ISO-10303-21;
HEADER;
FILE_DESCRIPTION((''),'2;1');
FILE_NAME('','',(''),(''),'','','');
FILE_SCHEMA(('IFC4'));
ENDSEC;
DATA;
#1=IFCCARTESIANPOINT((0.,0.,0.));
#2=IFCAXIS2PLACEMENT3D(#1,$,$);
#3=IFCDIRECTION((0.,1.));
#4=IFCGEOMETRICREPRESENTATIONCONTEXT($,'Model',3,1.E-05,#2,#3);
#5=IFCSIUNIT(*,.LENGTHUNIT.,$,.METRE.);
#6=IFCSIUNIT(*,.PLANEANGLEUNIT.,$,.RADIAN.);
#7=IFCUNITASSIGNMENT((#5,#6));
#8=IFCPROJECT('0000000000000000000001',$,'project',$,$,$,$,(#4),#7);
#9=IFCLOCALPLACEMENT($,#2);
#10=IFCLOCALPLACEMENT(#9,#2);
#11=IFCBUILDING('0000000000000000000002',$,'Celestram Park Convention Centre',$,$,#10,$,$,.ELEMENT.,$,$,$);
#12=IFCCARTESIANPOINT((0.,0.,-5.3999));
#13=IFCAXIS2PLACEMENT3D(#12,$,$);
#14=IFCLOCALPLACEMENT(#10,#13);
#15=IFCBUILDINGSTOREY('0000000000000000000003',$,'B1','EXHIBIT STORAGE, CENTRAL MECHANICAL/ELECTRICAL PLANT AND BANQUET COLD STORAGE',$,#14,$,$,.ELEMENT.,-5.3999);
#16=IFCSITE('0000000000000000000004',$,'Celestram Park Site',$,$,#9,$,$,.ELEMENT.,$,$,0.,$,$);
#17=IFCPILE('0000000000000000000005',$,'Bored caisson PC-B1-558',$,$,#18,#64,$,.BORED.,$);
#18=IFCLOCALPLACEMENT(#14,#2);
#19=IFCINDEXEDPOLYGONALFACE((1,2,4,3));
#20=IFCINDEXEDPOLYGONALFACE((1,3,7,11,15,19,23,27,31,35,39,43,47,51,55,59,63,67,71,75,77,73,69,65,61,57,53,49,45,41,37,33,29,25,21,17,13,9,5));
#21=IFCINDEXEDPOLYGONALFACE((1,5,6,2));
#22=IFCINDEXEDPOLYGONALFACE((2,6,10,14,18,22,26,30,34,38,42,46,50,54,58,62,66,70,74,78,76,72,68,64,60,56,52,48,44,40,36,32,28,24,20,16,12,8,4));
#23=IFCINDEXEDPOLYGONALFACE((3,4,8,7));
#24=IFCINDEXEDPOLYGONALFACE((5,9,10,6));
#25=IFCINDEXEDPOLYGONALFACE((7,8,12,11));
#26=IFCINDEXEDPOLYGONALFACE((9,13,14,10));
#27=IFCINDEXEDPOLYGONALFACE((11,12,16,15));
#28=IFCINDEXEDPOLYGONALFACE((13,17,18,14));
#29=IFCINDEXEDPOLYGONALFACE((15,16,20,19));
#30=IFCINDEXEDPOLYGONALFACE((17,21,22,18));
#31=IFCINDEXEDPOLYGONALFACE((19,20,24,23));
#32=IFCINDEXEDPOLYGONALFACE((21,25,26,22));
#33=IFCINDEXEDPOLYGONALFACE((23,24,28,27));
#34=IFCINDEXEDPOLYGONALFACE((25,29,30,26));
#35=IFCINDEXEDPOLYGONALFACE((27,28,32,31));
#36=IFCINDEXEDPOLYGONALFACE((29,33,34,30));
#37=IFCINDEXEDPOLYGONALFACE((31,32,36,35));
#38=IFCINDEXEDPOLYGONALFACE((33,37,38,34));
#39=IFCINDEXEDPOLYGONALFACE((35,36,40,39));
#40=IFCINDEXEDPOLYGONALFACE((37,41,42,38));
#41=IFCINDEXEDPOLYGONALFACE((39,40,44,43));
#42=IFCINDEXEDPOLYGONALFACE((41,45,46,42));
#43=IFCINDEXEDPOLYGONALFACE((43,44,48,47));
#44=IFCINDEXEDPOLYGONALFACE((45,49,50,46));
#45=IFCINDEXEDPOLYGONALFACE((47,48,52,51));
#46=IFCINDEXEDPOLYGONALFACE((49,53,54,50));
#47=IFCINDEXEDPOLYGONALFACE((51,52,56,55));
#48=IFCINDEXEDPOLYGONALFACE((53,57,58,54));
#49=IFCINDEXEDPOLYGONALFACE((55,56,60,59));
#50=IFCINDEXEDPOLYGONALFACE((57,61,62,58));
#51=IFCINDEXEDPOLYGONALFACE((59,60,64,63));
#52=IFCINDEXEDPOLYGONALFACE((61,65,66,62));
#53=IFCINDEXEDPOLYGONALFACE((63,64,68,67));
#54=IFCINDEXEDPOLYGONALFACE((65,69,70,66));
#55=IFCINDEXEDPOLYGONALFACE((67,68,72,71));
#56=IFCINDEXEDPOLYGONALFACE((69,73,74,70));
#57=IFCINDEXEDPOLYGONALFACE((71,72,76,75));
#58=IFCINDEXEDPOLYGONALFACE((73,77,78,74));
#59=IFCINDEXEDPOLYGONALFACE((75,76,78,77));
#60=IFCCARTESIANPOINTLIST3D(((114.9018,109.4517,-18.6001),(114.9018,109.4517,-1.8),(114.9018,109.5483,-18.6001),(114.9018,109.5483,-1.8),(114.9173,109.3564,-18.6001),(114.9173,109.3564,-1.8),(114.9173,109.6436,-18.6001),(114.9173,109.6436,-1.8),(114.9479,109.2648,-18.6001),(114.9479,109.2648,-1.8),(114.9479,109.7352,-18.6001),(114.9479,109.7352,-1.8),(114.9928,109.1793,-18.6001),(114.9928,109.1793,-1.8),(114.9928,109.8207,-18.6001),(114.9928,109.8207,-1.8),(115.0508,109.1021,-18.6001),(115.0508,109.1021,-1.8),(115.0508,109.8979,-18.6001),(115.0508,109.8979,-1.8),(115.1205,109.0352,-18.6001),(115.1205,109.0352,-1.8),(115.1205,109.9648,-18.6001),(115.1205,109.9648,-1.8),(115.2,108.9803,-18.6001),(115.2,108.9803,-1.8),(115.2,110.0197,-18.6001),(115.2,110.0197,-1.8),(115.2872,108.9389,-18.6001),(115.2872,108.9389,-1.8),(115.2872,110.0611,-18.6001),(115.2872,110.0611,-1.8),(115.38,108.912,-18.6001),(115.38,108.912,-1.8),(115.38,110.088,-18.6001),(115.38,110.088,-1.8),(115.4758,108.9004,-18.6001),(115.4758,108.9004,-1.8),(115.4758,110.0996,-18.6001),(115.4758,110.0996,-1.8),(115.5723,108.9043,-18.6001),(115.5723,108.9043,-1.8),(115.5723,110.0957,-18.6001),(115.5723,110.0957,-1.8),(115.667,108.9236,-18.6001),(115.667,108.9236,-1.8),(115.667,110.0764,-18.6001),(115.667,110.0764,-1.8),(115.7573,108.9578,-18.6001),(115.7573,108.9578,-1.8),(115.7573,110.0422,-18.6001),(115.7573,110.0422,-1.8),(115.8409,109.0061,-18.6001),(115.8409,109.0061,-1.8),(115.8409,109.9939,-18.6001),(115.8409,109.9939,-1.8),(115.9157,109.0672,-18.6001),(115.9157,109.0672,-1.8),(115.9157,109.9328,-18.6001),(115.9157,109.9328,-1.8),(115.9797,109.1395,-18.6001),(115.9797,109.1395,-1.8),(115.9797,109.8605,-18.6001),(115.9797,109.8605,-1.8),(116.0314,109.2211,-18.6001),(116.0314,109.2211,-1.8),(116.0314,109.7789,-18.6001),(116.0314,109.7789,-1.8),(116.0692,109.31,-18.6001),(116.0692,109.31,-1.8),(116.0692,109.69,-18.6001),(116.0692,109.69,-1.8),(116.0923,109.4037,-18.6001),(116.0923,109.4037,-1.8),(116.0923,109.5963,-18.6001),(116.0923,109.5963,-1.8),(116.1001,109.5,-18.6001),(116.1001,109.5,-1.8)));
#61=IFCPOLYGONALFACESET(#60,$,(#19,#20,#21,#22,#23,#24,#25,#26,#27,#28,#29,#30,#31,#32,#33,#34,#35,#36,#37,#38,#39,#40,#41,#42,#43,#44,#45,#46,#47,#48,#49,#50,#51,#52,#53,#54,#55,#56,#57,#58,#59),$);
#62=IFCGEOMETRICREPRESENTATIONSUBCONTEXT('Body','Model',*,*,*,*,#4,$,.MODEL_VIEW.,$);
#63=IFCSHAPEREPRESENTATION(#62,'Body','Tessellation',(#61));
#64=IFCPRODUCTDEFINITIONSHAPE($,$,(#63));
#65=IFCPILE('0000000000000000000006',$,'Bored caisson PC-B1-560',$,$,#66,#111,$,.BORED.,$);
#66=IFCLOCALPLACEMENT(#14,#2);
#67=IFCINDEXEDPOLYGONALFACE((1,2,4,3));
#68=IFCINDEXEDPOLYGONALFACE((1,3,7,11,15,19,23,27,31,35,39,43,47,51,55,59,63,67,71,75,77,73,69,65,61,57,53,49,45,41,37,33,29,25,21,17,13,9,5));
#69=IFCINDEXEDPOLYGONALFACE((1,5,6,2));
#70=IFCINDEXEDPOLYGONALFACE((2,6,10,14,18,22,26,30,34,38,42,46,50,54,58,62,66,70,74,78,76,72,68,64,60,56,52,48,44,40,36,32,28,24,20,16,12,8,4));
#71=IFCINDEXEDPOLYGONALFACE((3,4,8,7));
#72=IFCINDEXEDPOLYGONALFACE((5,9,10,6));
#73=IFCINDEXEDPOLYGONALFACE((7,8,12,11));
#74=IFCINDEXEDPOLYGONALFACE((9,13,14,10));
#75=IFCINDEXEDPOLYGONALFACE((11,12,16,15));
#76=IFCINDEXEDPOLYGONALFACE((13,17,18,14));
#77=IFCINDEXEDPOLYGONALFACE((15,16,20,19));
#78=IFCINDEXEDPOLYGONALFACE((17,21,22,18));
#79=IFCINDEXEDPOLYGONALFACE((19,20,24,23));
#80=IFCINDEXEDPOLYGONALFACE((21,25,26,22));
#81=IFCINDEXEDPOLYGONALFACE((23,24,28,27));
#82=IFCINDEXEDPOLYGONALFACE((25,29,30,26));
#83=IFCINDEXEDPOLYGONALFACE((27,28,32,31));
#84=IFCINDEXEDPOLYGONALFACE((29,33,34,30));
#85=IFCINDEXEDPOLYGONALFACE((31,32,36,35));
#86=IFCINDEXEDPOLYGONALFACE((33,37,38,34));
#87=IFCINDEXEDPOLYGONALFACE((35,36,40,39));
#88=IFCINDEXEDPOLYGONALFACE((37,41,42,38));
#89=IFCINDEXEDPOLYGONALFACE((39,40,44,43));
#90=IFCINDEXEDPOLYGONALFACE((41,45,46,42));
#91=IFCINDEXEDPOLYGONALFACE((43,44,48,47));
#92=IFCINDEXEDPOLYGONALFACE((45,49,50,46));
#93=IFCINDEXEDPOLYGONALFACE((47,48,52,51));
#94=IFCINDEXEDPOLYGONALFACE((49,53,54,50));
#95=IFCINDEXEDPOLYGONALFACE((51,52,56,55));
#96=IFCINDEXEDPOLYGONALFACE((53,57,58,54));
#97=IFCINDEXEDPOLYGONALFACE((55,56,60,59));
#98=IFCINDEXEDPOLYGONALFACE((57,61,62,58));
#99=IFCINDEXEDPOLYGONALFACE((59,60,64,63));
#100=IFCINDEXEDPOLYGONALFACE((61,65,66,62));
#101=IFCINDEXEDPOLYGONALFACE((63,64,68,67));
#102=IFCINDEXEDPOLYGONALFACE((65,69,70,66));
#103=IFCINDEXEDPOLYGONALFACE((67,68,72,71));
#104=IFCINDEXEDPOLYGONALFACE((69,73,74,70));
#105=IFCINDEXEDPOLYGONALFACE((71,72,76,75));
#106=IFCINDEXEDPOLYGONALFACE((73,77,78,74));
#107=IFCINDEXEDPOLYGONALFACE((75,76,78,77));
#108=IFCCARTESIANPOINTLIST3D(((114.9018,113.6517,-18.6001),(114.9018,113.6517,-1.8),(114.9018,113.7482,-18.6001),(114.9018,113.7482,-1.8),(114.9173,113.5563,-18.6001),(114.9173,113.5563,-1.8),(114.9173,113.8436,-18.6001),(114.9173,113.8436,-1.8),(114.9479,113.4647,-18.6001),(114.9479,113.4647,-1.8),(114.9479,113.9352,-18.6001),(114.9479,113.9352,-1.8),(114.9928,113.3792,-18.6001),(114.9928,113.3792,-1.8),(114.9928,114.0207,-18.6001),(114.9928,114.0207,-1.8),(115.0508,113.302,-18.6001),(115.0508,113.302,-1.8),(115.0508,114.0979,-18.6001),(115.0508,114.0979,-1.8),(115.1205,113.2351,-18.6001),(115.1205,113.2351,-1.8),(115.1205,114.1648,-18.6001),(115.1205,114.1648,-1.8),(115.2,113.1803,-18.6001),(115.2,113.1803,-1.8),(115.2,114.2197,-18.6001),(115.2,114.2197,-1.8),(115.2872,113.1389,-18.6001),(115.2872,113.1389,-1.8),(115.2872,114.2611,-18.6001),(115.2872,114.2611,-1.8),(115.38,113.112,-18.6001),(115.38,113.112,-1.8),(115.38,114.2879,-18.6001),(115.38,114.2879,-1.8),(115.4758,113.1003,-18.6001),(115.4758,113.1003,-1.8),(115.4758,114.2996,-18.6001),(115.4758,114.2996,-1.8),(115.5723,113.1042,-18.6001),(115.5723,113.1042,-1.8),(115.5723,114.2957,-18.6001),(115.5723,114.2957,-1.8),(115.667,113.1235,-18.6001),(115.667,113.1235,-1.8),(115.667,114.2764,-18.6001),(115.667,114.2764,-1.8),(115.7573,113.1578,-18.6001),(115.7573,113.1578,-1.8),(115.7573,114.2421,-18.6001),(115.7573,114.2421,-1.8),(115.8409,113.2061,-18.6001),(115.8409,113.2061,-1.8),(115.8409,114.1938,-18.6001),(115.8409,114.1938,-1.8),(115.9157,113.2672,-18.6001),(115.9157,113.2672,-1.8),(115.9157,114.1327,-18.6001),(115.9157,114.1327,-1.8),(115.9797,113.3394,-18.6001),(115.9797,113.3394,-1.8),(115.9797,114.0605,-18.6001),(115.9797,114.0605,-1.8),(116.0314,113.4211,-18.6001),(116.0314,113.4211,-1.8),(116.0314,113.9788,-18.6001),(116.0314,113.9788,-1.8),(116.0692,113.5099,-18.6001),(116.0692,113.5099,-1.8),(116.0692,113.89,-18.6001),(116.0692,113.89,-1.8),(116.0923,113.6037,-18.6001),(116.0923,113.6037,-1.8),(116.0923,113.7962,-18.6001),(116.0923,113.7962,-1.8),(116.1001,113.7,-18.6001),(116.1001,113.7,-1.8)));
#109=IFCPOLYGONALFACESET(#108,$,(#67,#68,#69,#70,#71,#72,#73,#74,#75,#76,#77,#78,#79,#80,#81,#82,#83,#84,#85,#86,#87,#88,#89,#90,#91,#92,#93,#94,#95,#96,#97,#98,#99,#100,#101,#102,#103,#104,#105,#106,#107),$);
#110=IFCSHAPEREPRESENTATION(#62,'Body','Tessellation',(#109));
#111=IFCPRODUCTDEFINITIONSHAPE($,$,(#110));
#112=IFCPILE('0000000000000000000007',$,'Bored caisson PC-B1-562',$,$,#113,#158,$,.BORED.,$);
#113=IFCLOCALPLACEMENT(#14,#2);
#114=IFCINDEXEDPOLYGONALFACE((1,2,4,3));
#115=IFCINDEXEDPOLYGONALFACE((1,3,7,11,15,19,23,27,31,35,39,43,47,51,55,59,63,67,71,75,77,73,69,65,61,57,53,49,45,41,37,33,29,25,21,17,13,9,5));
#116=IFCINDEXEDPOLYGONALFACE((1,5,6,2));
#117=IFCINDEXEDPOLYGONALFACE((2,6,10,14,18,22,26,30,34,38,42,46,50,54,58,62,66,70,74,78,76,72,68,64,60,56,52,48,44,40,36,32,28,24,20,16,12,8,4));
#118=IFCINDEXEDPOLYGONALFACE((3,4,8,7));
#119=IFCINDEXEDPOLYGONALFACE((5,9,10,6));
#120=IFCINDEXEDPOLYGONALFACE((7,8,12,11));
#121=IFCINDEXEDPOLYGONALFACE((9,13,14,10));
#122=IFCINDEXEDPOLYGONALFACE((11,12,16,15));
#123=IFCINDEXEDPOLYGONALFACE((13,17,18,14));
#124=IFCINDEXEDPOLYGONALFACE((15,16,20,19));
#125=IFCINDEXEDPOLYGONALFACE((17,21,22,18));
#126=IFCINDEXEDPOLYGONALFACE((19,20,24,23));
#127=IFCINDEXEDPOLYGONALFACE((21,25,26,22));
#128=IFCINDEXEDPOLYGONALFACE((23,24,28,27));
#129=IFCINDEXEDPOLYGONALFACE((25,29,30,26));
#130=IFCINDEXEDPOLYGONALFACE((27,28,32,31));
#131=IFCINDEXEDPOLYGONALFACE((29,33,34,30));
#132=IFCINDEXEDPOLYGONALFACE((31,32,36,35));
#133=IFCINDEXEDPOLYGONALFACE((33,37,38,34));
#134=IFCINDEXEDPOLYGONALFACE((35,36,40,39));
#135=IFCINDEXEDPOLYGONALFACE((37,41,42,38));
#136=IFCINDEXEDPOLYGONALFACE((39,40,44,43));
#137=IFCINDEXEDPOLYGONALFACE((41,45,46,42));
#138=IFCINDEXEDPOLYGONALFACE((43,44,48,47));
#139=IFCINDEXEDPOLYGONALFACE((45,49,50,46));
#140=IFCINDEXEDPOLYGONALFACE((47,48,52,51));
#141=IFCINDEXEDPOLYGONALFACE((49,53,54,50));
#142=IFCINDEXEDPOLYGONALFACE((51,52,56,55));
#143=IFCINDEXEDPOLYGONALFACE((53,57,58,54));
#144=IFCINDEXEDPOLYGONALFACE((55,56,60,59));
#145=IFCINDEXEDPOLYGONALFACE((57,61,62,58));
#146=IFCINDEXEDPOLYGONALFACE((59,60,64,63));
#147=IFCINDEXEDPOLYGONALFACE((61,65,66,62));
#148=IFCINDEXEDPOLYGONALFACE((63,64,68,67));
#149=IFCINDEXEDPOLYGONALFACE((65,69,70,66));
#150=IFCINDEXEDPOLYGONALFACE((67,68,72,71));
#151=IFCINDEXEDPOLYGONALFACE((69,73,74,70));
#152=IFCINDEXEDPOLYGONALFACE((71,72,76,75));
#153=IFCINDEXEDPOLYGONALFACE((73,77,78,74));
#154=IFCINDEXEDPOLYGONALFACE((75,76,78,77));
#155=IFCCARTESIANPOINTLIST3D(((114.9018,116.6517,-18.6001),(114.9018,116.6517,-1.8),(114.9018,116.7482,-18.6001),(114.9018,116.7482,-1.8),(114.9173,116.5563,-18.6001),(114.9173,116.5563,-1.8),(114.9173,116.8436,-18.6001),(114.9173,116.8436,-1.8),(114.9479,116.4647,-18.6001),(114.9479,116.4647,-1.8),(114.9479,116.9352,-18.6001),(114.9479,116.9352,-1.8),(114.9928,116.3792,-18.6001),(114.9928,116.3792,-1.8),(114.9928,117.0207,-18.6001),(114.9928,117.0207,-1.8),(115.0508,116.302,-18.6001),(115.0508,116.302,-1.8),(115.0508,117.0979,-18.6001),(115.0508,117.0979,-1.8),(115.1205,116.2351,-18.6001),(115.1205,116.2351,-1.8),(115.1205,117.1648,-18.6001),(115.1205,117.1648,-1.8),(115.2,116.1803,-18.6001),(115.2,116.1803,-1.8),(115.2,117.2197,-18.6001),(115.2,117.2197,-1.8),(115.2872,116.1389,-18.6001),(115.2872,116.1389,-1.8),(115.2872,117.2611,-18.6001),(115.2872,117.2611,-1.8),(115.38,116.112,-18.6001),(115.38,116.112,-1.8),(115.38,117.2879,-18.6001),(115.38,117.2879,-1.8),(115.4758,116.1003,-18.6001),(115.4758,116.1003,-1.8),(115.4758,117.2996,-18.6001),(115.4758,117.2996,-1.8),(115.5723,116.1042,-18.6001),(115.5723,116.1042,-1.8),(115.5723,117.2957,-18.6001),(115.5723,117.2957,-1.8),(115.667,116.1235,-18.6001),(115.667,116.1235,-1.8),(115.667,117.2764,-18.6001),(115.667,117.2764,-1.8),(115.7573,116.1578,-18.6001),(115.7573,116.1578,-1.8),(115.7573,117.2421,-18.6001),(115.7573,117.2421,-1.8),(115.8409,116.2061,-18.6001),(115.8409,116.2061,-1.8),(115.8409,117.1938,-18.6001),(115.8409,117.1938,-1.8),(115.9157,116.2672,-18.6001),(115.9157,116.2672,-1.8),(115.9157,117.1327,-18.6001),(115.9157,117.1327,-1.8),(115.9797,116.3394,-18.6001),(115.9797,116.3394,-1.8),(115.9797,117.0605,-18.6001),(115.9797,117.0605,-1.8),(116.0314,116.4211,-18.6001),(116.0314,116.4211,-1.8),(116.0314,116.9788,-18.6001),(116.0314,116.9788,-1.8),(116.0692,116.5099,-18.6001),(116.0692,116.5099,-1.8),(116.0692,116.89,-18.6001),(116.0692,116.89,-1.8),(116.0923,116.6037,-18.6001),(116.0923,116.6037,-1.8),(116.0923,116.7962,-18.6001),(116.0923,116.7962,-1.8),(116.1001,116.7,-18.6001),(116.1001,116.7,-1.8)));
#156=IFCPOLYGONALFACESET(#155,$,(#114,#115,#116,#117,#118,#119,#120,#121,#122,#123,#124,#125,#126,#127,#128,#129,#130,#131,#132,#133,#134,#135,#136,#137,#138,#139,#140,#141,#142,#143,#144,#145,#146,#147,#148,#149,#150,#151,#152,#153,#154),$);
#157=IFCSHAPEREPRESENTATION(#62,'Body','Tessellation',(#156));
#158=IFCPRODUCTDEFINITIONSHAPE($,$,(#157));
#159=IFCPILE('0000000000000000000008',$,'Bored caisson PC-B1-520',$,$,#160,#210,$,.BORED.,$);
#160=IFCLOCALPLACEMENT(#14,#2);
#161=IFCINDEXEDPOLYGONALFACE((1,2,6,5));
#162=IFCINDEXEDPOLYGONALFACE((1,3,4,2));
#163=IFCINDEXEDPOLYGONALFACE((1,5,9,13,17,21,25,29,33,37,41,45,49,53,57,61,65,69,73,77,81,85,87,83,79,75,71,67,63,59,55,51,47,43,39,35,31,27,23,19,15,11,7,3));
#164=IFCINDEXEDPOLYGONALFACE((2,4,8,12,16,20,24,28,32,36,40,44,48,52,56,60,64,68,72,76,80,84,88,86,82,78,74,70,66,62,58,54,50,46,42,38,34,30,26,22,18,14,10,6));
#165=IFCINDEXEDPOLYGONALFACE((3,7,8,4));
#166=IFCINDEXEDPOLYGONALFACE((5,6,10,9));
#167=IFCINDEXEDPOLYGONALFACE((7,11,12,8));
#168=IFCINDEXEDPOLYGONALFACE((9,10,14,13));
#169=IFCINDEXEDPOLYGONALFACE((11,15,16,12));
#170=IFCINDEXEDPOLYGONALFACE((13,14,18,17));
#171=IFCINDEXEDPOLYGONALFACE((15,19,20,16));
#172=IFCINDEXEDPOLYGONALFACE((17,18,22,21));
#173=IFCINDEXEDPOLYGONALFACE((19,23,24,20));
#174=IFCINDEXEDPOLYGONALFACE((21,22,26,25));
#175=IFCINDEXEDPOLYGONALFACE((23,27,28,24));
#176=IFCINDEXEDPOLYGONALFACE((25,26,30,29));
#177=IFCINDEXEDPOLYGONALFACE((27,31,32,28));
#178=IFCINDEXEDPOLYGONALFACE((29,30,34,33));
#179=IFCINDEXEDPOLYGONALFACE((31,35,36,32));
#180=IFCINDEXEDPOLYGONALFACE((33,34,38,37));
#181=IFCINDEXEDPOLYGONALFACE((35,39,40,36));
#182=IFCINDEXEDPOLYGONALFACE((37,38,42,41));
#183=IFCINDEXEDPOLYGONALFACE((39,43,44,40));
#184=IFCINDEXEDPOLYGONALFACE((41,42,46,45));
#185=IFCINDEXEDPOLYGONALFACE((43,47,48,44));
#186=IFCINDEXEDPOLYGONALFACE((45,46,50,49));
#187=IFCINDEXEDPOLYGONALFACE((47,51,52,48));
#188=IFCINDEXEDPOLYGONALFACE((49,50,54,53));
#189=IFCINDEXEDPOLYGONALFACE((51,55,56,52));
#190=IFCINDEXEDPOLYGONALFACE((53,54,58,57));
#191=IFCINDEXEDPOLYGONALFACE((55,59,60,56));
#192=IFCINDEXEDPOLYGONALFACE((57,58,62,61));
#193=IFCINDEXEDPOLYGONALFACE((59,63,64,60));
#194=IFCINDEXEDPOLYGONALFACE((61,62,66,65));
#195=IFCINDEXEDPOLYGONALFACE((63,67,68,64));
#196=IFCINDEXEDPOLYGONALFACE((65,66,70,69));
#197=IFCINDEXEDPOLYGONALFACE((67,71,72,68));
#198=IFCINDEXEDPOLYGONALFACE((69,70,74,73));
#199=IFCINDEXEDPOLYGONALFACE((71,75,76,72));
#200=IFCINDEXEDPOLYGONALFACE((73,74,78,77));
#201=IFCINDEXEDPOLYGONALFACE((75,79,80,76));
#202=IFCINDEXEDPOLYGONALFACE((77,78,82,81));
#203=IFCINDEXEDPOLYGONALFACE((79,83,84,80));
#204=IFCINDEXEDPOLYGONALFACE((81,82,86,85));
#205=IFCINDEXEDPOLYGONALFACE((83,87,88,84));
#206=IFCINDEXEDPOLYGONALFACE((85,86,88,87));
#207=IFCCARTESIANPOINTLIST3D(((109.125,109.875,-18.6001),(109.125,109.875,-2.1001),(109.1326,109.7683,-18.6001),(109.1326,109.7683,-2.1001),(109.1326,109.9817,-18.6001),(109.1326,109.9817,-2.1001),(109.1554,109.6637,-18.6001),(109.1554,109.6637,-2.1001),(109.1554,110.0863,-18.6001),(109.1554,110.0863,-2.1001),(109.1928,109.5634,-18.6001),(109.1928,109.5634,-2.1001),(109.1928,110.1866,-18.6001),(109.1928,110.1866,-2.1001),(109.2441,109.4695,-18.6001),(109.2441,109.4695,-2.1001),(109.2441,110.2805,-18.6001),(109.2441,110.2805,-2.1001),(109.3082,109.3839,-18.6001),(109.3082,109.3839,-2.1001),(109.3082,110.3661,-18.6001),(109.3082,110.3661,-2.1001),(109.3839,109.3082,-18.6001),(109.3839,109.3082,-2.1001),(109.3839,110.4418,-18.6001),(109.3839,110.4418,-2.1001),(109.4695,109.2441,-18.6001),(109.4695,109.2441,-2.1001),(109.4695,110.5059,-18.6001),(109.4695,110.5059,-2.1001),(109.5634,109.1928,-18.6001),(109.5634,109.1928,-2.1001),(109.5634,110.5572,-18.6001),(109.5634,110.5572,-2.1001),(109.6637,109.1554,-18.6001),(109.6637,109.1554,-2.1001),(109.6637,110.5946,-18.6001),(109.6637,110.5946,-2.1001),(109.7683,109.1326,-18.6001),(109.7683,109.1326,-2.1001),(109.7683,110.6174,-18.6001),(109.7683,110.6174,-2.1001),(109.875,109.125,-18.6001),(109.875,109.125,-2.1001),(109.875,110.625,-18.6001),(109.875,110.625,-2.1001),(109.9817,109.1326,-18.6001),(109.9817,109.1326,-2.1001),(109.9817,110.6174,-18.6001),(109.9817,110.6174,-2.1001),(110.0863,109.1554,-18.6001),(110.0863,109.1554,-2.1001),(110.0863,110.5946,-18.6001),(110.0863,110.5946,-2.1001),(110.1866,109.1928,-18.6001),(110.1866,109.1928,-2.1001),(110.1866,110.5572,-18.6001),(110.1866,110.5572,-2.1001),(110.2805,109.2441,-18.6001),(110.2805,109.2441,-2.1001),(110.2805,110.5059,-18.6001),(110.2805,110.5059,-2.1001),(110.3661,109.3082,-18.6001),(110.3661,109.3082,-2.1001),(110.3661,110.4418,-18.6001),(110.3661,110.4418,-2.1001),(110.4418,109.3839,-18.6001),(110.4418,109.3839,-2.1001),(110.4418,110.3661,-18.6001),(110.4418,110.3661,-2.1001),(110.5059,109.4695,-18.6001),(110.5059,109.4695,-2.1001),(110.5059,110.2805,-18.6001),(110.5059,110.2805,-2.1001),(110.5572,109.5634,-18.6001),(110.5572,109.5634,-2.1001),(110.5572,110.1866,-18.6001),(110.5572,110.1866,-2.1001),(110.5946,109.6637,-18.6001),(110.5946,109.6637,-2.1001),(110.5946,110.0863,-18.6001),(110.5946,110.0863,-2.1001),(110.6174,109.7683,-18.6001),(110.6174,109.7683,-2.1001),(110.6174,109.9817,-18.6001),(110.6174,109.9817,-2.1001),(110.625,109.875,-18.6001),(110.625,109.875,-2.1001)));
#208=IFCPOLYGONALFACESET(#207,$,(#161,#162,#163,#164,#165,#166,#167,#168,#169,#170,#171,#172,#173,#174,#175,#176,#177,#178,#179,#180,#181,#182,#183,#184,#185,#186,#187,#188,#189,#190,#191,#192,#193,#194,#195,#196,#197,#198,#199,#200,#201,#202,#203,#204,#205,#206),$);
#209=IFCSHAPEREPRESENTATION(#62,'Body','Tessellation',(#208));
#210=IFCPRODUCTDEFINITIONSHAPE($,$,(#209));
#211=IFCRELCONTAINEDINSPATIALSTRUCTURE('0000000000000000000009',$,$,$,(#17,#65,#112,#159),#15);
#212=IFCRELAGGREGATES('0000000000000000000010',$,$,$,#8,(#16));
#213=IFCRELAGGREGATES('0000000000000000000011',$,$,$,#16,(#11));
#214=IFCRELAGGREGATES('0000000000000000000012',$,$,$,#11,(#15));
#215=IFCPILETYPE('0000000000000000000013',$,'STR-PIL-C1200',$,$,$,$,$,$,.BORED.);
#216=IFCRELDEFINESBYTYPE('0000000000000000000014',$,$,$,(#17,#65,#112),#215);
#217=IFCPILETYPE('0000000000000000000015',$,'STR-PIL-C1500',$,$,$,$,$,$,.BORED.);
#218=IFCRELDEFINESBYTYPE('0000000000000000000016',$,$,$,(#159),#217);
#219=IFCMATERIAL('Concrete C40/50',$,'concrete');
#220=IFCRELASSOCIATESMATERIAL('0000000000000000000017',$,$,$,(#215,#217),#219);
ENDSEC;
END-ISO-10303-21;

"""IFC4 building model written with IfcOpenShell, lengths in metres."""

from ifc_helpers import new_model, si_unit, direction, frame, origin, origin_2d, place, context, subcontext, project, spatial, circle, extrude, material, material_profile, profile_set, type_object, element, save


model = new_model("IFC4")

# Units and contexts
model_context = context("Model", 3, precision=1e-05, world=origin(), true_north=direction((0.0, 1.0)))
body_context = subcontext(model_context, "Body", "Model", "MODEL_VIEW")
ifc_project = project(units=[si_unit("LENGTHUNIT", "METRE"), si_unit("PLANEANGLEUNIT", "RADIAN")], contexts=[model_context])

# Site, building, storey
site_placement = place(None, origin())
site = spatial("IfcSite", under=ifc_project, at=site_placement, Name="Celestram Park Site", CompositionType="ELEMENT", RefElevation=0.0)
building_placement = place(site_placement, origin())
building = spatial("IfcBuilding", under=site, at=building_placement, Name="Celestram Park Convention Centre", CompositionType="ELEMENT")
storey_placement = place(building_placement, frame((0.0, 0.0, -5.3999)))
storey = spatial("IfcBuildingStorey", under=building, at=storey_placement, Name="B1", Description="EXHIBIT STORAGE, CENTRAL MECHANICAL/ELECTRICAL PLANT AND BANQUET COLD STORAGE", CompositionType="ELEMENT", Elevation=-5.3999)

# Shared definitions
ifc_material_1 = material(Name="Concrete C40/50", Category="concrete")

# Piles
ifc_material_profile_1 = material_profile(ifc_material_1, circle(Radius=0.6001, at=origin_2d()), Name="CAISSON1200")
ifc_profile_set_1 = profile_set([ifc_material_profile_1], Name="Concrete C40/50")
pile_type_1 = type_object("IfcPileType", Name="STR-PIL-C1200", PredefinedType="BORED", material=ifc_profile_set_1)
for number, where, z_axis, x_axis, name in (
    (1, (115.5, 109.5, -1.8), (0.0, 0.0, -1.0), (1.0, 0.0, 0.0), "Bored caisson PC-B1-558"),
    (2, (115.5, 113.7, -1.8), (0.0, 0.0, -1.0), (1.0, 0.0, 0.0), "Bored caisson PC-B1-560"),
    (3, (115.5, 116.7, -1.8), (0.0, 0.0, -1.0), (1.0, 0.0, 0.0), "Bored caisson PC-B1-562"),
):
    element("IfcPile", number, at=place(storey_placement, frame(where, z_axis=z_axis, x_axis=x_axis)), inside=storey, type_object=pile_type_1, Name=name, PredefinedType="BORED", context=body_context, shape_type="SweptSolid", body=[
        extrude(circle(Radius=0.6001, at=origin_2d()), origin(), (0.0, 0.0, 1.0), 16.8),
    ])
ifc_material_profile_2 = material_profile(ifc_material_1, circle(Radius=0.75, at=origin_2d()), Name="CAISSON1500")
ifc_profile_set_2 = profile_set([ifc_material_profile_2], Name="Concrete C40/50")
pile_type_2 = type_object("IfcPileType", Name="STR-PIL-C1500", PredefinedType="BORED", material=ifc_profile_set_2)
pile_placement = place(storey_placement, frame((109.875, 109.875, -2.1001), z_axis=(0.0, 0.0, -1.0), x_axis=(1.0, 0.0, 0.0)))
element("IfcPile", 4, at=pile_placement, inside=storey, type_object=pile_type_2, Name="Bored caisson PC-B1-520", PredefinedType="BORED", context=body_context, shape_type="SweptSolid", body=[
    extrude(circle(Radius=0.75, at=origin_2d()), origin(), (0.0, 0.0, 1.0), 16.5),
])

save(model, "model.ifc")
